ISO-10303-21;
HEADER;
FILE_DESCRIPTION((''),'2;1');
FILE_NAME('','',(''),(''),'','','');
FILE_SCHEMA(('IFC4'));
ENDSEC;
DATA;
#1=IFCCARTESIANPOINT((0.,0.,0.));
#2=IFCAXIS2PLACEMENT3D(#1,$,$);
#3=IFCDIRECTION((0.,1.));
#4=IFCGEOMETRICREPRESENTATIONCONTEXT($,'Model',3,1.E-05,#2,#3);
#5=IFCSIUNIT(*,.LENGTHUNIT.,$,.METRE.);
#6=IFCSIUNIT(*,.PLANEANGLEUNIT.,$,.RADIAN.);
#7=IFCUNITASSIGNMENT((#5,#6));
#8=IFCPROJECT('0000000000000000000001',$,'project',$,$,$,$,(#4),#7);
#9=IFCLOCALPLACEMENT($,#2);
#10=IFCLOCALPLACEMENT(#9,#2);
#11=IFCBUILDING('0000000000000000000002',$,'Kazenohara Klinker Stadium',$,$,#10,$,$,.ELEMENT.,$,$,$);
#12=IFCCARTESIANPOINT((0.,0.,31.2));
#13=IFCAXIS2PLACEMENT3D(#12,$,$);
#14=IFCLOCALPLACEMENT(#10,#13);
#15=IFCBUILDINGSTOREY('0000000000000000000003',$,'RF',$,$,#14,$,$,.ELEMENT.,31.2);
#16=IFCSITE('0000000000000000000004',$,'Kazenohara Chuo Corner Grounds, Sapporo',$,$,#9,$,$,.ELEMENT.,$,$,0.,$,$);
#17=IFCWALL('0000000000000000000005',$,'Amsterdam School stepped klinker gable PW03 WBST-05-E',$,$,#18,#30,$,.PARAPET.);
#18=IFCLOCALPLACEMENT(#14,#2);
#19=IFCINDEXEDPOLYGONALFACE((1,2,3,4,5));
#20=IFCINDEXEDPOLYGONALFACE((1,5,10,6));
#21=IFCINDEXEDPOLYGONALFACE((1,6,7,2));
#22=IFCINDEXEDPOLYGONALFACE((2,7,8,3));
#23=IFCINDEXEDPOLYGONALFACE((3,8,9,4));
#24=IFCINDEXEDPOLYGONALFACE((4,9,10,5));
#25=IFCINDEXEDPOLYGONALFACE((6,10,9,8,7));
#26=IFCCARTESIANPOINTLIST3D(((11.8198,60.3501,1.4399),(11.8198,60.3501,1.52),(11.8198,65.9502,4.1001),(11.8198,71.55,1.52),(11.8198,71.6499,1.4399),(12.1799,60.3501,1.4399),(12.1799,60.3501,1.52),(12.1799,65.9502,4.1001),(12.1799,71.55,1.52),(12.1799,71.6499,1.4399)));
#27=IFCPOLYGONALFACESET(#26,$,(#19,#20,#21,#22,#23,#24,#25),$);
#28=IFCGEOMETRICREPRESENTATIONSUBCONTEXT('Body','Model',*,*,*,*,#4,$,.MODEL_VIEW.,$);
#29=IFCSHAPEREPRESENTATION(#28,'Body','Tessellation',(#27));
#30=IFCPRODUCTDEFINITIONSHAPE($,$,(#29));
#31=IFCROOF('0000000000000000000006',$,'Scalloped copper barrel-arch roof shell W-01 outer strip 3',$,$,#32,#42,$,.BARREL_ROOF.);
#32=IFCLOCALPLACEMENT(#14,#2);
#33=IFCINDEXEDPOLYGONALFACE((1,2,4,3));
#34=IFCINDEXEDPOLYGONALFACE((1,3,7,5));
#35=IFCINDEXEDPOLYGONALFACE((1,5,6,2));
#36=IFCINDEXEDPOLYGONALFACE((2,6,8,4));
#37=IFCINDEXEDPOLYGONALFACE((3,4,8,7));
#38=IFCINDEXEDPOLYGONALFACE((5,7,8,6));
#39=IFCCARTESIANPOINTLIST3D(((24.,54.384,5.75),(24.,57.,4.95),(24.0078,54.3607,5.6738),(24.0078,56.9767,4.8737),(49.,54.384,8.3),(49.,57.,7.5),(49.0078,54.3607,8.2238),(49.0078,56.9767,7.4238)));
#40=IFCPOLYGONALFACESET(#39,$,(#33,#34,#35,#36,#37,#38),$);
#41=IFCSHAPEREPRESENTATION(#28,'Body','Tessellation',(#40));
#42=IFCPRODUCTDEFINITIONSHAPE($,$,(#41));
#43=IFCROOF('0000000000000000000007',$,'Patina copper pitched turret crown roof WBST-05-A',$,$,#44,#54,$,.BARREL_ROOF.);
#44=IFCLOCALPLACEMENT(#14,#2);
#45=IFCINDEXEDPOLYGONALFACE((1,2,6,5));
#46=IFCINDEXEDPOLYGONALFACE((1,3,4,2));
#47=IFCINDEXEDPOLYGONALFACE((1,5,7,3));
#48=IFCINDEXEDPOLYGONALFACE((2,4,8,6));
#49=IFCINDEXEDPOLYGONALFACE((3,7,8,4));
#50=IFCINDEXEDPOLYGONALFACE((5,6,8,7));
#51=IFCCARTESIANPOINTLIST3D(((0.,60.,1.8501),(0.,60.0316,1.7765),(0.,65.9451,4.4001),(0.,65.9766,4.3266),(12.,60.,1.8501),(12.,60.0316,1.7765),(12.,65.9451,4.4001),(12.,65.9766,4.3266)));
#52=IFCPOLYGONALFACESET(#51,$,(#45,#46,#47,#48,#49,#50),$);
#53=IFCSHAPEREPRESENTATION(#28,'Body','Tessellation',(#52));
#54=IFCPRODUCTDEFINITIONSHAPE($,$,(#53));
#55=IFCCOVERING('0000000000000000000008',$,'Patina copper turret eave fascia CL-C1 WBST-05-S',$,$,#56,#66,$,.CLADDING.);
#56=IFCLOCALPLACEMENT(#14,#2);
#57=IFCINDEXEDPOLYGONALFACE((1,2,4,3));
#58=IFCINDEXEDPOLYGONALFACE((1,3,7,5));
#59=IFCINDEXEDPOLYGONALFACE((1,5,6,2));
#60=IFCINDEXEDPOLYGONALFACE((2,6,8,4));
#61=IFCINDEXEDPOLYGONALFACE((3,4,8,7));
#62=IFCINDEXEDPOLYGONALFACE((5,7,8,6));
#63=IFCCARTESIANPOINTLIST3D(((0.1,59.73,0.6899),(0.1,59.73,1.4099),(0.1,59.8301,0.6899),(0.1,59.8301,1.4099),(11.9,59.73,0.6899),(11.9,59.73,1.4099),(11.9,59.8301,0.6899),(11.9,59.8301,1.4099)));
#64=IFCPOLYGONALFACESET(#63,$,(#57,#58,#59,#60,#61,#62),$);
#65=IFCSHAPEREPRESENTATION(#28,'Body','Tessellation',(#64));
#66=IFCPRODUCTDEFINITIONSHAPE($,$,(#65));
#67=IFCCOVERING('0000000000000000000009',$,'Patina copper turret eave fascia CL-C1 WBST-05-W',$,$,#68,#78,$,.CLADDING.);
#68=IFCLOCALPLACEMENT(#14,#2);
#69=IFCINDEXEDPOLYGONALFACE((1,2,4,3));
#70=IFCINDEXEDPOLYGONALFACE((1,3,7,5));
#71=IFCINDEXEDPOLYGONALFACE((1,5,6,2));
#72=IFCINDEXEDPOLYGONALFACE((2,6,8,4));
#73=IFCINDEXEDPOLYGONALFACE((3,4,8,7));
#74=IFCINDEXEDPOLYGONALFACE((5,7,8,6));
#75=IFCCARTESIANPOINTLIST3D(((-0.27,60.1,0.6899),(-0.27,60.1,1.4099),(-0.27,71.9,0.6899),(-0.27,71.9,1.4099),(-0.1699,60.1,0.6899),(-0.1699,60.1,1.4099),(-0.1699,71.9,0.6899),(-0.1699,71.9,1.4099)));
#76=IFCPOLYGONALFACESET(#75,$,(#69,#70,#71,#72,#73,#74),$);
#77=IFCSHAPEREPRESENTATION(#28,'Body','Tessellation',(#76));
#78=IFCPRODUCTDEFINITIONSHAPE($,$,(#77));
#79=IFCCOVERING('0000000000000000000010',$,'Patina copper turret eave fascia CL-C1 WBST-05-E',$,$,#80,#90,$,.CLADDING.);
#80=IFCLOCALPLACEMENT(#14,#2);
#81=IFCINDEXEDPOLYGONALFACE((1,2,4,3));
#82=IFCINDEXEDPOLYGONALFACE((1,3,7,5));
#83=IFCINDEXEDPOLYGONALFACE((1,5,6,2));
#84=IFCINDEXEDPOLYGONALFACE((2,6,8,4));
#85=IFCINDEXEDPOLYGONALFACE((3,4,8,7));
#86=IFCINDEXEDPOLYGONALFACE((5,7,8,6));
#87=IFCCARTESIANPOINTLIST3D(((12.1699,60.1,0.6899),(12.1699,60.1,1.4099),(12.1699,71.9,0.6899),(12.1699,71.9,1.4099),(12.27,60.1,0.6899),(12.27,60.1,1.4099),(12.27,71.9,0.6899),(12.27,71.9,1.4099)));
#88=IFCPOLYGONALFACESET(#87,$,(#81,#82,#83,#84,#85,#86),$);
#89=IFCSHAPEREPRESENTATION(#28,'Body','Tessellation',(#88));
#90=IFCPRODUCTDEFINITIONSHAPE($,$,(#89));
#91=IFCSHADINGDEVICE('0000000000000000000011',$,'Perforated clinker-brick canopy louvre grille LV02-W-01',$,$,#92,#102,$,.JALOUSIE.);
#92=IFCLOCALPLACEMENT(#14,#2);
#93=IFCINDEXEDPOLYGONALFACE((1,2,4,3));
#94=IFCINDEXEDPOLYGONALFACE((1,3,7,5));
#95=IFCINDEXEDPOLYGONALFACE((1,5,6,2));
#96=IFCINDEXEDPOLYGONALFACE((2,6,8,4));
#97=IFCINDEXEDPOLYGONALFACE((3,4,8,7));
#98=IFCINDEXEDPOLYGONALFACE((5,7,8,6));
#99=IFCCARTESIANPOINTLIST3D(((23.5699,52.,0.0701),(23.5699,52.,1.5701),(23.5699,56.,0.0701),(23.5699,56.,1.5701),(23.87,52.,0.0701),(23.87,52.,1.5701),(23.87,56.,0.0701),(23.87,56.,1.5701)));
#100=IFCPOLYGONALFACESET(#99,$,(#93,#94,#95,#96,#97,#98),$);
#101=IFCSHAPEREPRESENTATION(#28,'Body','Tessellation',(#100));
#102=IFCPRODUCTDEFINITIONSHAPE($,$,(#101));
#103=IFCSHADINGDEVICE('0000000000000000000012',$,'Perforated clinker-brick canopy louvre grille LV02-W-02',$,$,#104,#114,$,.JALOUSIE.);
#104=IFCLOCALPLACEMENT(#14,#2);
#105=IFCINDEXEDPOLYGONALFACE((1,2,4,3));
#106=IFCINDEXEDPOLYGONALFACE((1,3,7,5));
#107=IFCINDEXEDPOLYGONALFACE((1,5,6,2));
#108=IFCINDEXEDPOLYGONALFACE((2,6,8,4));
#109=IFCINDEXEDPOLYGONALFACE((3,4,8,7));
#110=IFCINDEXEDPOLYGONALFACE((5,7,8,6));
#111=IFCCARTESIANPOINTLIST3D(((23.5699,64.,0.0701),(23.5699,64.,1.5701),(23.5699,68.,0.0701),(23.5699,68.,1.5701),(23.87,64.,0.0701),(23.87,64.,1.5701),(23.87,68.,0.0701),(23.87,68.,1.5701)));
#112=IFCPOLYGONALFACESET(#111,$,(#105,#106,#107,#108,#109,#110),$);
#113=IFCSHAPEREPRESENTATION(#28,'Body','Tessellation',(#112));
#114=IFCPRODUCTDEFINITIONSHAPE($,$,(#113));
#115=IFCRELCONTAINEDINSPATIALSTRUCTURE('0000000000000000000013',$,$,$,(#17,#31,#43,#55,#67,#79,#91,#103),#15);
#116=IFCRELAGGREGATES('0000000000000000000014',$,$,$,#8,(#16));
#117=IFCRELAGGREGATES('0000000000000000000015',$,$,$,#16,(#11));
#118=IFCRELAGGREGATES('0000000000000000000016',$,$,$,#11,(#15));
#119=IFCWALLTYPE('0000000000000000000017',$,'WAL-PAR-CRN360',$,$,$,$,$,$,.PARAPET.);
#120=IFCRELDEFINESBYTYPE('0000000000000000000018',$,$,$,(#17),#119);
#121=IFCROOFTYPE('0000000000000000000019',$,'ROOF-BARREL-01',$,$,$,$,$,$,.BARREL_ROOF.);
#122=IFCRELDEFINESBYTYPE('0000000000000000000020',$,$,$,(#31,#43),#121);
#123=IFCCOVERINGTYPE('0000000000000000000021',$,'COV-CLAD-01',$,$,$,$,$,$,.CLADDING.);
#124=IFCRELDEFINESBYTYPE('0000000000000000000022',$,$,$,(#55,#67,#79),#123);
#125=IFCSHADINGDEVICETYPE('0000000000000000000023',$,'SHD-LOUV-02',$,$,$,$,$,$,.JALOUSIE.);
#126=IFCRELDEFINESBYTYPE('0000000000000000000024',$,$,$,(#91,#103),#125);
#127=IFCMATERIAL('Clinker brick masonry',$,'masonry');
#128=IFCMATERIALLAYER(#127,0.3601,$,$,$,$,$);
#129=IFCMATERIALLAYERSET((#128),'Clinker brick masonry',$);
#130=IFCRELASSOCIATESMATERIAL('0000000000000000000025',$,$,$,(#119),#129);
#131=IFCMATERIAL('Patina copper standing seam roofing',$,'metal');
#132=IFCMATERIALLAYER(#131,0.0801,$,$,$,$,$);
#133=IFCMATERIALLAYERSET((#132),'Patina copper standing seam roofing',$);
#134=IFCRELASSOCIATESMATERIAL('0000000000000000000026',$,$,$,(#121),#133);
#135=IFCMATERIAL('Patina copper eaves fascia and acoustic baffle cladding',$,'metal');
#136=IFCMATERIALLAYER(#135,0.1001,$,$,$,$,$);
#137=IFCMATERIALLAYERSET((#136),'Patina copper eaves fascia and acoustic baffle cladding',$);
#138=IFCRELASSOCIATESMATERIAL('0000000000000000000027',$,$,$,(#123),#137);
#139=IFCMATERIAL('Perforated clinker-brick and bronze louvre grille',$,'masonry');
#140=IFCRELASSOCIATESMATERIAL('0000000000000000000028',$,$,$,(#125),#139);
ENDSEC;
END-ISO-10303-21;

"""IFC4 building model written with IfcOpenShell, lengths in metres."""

from ifc_helpers import new_model, si_unit, direction, frame, origin, origin_2d, place, context, subcontext, project, spatial, polyline, rectangle, outline, extrude, material, layer, layer_set, type_object, element, save


model = new_model("IFC4")

# Units and contexts
model_context = context("Model", 3, precision=1e-05, world=origin(), true_north=direction((0.0, 1.0)))
body_context = subcontext(model_context, "Body", "Model", "MODEL_VIEW")
ifc_project = project(units=[si_unit("LENGTHUNIT", "METRE"), si_unit("PLANEANGLEUNIT", "RADIAN")], contexts=[model_context])

# Site, building, storey
site_placement = place(None, origin())
site = spatial("IfcSite", under=ifc_project, at=site_placement, Name="Kazenohara Chuo Corner Grounds, Sapporo", CompositionType="ELEMENT", RefElevation=0.0)
building_placement = place(site_placement, origin())
building = spatial("IfcBuilding", under=site, at=building_placement, Name="Kazenohara Klinker Stadium", CompositionType="ELEMENT")
storey_placement = place(building_placement, frame((0.0, 0.0, 31.2)))
storey = spatial("IfcBuildingStorey", under=building, at=storey_placement, Name="RF", CompositionType="ELEMENT", Elevation=31.2)

# Wall
ifc_material_1 = material(Name="Clinker brick masonry", Category="masonry")
ifc_layer_1 = layer(ifc_material_1, 0.3601)
ifc_layer_set_1 = layer_set([ifc_layer_1], Name="Clinker brick masonry")
wall_type = type_object("IfcWallType", Name="WAL-PAR-CRN360", PredefinedType="PARAPET", material=ifc_layer_set_1)
for number, where, z_axis, x_axis, name in (
    (1, (12.0, 60.3501, 1.4399), (0.0, 0.0, 1.0), (0.0, 1.0, 0.0), "Amsterdam School stepped klinker gable PW03 WBST-05-E"),
):
    element("IfcWall", number, at=place(storey_placement, frame(where, z_axis=z_axis, x_axis=x_axis)), inside=storey, type_object=wall_type, Name=name, PredefinedType="PARAPET", context=body_context, shape_type="SweptSolid", body=[
        extrude(outline(polyline([(0.0, 0.0), (11.2998, 0.0), (11.2, 0.0801), (5.6001, 2.6602), (0.0, 0.0801), (0.0, 0.0)])), frame((0.0, 0.1802, 0.0), z_axis=(0.0, -1.0, 0.0), x_axis=(1.0, 0.0, 0.0)), (0.0, 0.0, 1.0), 0.3601),
    ])

# Roofs
ifc_material_2 = material(Name="Patina copper standing seam roofing", Category="metal")
ifc_layer_2 = layer(ifc_material_2, 0.0801)
ifc_layer_set_2 = layer_set([ifc_layer_2], Name="Patina copper standing seam roofing")
roof_type = type_object("IfcRoofType", Name="ROOF-BARREL-01", PredefinedType="BARREL_ROOF", material=ifc_layer_set_2)
roof_1_placement = place(storey_placement, frame((24.0, 54.384, 5.75), z_axis=(-0.097081, 0.29108, 0.95176), x_axis=(0.994838, 0.0, 0.101475)))
element("IfcRoof", 2, at=roof_1_placement, inside=storey, type_object=roof_type, Name="Scalloped copper barrel-arch roof shell W-01 outer strip 3", PredefinedType="BARREL_ROOF", context=body_context, shape_type="SweptSolid", body=[
    extrude(outline(polyline([(0.0, 0.0), (25.1297, 0.0), (25.0485, 2.7344), (-0.0812, 2.7344), (0.0, 0.0)])), origin(), (0.0, 0.0, -1.0), 0.0801),
])
roof_2_placement = place(storey_placement, frame((0.0, 60.0, 1.8501), z_axis=(0.0, -0.394202, 0.919024), x_axis=(1.0, 0.0, 0.0)))
element("IfcRoof", 3, at=roof_2_placement, inside=storey, type_object=roof_type, Name="Patina copper pitched turret crown roof WBST-05-A", PredefinedType="BARREL_ROOF", context=body_context, shape_type="SweptSolid", body=[
    extrude(outline(polyline([(0.0, 0.0), (12.0, 0.0), (12.0, 6.4689), (0.0, 6.4689), (0.0, 0.0)])), origin(), (0.0, 0.0, -1.0), 0.0801),
])

# Coverings
ifc_material_3 = material(Name="Patina copper eaves fascia and acoustic baffle cladding", Category="metal")
ifc_layer_3 = layer(ifc_material_3, 0.1001)
ifc_layer_set_3 = layer_set([ifc_layer_3], Name="Patina copper eaves fascia and acoustic baffle cladding")
covering_type = type_object("IfcCoveringType", Name="COV-CLAD-01", PredefinedType="CLADDING", material=ifc_layer_set_3)
covering_placement = place(storey_placement, frame((6.0, 59.78, 0.6899), z_axis=(0.0, 0.0, 1.0), x_axis=(1.0, 0.0, 0.0)))
element("IfcCovering", 4, at=covering_placement, inside=storey, type_object=covering_type, Name="Patina copper turret eave fascia CL-C1 WBST-05-S", PredefinedType="CLADDING", context=body_context, shape_type="SweptSolid", body=[
    extrude(rectangle(XDim=11.8, YDim=0.1001, at=origin_2d()), origin(), (0.0, 0.0, 1.0), 0.72),
])
for number, where, z_axis, x_axis, name in (
    (5, (-0.22, 66.0, 0.6899), (0.0, 0.0, 1.0), (1.0, 0.0, 0.0), "Patina copper turret eave fascia CL-C1 WBST-05-W"),
    (6, (12.22, 66.0, 0.6899), (0.0, 0.0, 1.0), (1.0, 0.0, 0.0), "Patina copper turret eave fascia CL-C1 WBST-05-E"),
):
    element("IfcCovering", number, at=place(storey_placement, frame(where, z_axis=z_axis, x_axis=x_axis)), inside=storey, type_object=covering_type, Name=name, PredefinedType="CLADDING", context=body_context, shape_type="SweptSolid", body=[
        extrude(rectangle(XDim=0.1001, YDim=11.8, at=origin_2d()), origin(), (0.0, 0.0, 1.0), 0.72),
    ])

# Shading devices
ifc_material_4 = material(Name="Perforated clinker-brick and bronze louvre grille", Category="masonry")
shading_device_type = type_object("IfcShadingDeviceType", Name="SHD-LOUV-02", PredefinedType="JALOUSIE", material=ifc_material_4)
for number, where, z_axis, x_axis, name in (
    (7, (23.72, 54.0, 0.0701), (0.0, 0.0, 1.0), (0.0, 1.0, 0.0), "Perforated clinker-brick canopy louvre grille LV02-W-01"),
    (8, (23.72, 66.0, 0.0701), (0.0, 0.0, 1.0), (0.0, 1.0, 0.0), "Perforated clinker-brick canopy louvre grille LV02-W-02"),
):
    element("IfcShadingDevice", number, at=place(storey_placement, frame(where, z_axis=z_axis, x_axis=x_axis)), inside=storey, type_object=shading_device_type, Name=name, PredefinedType="JALOUSIE", context=body_context, shape_type="SweptSolid", body=[
        extrude(rectangle(XDim=4.0, YDim=0.3, at=origin_2d()), origin(), (0.0, 0.0, 1.0), 1.5),
    ])

save(model, "model.ifc")
